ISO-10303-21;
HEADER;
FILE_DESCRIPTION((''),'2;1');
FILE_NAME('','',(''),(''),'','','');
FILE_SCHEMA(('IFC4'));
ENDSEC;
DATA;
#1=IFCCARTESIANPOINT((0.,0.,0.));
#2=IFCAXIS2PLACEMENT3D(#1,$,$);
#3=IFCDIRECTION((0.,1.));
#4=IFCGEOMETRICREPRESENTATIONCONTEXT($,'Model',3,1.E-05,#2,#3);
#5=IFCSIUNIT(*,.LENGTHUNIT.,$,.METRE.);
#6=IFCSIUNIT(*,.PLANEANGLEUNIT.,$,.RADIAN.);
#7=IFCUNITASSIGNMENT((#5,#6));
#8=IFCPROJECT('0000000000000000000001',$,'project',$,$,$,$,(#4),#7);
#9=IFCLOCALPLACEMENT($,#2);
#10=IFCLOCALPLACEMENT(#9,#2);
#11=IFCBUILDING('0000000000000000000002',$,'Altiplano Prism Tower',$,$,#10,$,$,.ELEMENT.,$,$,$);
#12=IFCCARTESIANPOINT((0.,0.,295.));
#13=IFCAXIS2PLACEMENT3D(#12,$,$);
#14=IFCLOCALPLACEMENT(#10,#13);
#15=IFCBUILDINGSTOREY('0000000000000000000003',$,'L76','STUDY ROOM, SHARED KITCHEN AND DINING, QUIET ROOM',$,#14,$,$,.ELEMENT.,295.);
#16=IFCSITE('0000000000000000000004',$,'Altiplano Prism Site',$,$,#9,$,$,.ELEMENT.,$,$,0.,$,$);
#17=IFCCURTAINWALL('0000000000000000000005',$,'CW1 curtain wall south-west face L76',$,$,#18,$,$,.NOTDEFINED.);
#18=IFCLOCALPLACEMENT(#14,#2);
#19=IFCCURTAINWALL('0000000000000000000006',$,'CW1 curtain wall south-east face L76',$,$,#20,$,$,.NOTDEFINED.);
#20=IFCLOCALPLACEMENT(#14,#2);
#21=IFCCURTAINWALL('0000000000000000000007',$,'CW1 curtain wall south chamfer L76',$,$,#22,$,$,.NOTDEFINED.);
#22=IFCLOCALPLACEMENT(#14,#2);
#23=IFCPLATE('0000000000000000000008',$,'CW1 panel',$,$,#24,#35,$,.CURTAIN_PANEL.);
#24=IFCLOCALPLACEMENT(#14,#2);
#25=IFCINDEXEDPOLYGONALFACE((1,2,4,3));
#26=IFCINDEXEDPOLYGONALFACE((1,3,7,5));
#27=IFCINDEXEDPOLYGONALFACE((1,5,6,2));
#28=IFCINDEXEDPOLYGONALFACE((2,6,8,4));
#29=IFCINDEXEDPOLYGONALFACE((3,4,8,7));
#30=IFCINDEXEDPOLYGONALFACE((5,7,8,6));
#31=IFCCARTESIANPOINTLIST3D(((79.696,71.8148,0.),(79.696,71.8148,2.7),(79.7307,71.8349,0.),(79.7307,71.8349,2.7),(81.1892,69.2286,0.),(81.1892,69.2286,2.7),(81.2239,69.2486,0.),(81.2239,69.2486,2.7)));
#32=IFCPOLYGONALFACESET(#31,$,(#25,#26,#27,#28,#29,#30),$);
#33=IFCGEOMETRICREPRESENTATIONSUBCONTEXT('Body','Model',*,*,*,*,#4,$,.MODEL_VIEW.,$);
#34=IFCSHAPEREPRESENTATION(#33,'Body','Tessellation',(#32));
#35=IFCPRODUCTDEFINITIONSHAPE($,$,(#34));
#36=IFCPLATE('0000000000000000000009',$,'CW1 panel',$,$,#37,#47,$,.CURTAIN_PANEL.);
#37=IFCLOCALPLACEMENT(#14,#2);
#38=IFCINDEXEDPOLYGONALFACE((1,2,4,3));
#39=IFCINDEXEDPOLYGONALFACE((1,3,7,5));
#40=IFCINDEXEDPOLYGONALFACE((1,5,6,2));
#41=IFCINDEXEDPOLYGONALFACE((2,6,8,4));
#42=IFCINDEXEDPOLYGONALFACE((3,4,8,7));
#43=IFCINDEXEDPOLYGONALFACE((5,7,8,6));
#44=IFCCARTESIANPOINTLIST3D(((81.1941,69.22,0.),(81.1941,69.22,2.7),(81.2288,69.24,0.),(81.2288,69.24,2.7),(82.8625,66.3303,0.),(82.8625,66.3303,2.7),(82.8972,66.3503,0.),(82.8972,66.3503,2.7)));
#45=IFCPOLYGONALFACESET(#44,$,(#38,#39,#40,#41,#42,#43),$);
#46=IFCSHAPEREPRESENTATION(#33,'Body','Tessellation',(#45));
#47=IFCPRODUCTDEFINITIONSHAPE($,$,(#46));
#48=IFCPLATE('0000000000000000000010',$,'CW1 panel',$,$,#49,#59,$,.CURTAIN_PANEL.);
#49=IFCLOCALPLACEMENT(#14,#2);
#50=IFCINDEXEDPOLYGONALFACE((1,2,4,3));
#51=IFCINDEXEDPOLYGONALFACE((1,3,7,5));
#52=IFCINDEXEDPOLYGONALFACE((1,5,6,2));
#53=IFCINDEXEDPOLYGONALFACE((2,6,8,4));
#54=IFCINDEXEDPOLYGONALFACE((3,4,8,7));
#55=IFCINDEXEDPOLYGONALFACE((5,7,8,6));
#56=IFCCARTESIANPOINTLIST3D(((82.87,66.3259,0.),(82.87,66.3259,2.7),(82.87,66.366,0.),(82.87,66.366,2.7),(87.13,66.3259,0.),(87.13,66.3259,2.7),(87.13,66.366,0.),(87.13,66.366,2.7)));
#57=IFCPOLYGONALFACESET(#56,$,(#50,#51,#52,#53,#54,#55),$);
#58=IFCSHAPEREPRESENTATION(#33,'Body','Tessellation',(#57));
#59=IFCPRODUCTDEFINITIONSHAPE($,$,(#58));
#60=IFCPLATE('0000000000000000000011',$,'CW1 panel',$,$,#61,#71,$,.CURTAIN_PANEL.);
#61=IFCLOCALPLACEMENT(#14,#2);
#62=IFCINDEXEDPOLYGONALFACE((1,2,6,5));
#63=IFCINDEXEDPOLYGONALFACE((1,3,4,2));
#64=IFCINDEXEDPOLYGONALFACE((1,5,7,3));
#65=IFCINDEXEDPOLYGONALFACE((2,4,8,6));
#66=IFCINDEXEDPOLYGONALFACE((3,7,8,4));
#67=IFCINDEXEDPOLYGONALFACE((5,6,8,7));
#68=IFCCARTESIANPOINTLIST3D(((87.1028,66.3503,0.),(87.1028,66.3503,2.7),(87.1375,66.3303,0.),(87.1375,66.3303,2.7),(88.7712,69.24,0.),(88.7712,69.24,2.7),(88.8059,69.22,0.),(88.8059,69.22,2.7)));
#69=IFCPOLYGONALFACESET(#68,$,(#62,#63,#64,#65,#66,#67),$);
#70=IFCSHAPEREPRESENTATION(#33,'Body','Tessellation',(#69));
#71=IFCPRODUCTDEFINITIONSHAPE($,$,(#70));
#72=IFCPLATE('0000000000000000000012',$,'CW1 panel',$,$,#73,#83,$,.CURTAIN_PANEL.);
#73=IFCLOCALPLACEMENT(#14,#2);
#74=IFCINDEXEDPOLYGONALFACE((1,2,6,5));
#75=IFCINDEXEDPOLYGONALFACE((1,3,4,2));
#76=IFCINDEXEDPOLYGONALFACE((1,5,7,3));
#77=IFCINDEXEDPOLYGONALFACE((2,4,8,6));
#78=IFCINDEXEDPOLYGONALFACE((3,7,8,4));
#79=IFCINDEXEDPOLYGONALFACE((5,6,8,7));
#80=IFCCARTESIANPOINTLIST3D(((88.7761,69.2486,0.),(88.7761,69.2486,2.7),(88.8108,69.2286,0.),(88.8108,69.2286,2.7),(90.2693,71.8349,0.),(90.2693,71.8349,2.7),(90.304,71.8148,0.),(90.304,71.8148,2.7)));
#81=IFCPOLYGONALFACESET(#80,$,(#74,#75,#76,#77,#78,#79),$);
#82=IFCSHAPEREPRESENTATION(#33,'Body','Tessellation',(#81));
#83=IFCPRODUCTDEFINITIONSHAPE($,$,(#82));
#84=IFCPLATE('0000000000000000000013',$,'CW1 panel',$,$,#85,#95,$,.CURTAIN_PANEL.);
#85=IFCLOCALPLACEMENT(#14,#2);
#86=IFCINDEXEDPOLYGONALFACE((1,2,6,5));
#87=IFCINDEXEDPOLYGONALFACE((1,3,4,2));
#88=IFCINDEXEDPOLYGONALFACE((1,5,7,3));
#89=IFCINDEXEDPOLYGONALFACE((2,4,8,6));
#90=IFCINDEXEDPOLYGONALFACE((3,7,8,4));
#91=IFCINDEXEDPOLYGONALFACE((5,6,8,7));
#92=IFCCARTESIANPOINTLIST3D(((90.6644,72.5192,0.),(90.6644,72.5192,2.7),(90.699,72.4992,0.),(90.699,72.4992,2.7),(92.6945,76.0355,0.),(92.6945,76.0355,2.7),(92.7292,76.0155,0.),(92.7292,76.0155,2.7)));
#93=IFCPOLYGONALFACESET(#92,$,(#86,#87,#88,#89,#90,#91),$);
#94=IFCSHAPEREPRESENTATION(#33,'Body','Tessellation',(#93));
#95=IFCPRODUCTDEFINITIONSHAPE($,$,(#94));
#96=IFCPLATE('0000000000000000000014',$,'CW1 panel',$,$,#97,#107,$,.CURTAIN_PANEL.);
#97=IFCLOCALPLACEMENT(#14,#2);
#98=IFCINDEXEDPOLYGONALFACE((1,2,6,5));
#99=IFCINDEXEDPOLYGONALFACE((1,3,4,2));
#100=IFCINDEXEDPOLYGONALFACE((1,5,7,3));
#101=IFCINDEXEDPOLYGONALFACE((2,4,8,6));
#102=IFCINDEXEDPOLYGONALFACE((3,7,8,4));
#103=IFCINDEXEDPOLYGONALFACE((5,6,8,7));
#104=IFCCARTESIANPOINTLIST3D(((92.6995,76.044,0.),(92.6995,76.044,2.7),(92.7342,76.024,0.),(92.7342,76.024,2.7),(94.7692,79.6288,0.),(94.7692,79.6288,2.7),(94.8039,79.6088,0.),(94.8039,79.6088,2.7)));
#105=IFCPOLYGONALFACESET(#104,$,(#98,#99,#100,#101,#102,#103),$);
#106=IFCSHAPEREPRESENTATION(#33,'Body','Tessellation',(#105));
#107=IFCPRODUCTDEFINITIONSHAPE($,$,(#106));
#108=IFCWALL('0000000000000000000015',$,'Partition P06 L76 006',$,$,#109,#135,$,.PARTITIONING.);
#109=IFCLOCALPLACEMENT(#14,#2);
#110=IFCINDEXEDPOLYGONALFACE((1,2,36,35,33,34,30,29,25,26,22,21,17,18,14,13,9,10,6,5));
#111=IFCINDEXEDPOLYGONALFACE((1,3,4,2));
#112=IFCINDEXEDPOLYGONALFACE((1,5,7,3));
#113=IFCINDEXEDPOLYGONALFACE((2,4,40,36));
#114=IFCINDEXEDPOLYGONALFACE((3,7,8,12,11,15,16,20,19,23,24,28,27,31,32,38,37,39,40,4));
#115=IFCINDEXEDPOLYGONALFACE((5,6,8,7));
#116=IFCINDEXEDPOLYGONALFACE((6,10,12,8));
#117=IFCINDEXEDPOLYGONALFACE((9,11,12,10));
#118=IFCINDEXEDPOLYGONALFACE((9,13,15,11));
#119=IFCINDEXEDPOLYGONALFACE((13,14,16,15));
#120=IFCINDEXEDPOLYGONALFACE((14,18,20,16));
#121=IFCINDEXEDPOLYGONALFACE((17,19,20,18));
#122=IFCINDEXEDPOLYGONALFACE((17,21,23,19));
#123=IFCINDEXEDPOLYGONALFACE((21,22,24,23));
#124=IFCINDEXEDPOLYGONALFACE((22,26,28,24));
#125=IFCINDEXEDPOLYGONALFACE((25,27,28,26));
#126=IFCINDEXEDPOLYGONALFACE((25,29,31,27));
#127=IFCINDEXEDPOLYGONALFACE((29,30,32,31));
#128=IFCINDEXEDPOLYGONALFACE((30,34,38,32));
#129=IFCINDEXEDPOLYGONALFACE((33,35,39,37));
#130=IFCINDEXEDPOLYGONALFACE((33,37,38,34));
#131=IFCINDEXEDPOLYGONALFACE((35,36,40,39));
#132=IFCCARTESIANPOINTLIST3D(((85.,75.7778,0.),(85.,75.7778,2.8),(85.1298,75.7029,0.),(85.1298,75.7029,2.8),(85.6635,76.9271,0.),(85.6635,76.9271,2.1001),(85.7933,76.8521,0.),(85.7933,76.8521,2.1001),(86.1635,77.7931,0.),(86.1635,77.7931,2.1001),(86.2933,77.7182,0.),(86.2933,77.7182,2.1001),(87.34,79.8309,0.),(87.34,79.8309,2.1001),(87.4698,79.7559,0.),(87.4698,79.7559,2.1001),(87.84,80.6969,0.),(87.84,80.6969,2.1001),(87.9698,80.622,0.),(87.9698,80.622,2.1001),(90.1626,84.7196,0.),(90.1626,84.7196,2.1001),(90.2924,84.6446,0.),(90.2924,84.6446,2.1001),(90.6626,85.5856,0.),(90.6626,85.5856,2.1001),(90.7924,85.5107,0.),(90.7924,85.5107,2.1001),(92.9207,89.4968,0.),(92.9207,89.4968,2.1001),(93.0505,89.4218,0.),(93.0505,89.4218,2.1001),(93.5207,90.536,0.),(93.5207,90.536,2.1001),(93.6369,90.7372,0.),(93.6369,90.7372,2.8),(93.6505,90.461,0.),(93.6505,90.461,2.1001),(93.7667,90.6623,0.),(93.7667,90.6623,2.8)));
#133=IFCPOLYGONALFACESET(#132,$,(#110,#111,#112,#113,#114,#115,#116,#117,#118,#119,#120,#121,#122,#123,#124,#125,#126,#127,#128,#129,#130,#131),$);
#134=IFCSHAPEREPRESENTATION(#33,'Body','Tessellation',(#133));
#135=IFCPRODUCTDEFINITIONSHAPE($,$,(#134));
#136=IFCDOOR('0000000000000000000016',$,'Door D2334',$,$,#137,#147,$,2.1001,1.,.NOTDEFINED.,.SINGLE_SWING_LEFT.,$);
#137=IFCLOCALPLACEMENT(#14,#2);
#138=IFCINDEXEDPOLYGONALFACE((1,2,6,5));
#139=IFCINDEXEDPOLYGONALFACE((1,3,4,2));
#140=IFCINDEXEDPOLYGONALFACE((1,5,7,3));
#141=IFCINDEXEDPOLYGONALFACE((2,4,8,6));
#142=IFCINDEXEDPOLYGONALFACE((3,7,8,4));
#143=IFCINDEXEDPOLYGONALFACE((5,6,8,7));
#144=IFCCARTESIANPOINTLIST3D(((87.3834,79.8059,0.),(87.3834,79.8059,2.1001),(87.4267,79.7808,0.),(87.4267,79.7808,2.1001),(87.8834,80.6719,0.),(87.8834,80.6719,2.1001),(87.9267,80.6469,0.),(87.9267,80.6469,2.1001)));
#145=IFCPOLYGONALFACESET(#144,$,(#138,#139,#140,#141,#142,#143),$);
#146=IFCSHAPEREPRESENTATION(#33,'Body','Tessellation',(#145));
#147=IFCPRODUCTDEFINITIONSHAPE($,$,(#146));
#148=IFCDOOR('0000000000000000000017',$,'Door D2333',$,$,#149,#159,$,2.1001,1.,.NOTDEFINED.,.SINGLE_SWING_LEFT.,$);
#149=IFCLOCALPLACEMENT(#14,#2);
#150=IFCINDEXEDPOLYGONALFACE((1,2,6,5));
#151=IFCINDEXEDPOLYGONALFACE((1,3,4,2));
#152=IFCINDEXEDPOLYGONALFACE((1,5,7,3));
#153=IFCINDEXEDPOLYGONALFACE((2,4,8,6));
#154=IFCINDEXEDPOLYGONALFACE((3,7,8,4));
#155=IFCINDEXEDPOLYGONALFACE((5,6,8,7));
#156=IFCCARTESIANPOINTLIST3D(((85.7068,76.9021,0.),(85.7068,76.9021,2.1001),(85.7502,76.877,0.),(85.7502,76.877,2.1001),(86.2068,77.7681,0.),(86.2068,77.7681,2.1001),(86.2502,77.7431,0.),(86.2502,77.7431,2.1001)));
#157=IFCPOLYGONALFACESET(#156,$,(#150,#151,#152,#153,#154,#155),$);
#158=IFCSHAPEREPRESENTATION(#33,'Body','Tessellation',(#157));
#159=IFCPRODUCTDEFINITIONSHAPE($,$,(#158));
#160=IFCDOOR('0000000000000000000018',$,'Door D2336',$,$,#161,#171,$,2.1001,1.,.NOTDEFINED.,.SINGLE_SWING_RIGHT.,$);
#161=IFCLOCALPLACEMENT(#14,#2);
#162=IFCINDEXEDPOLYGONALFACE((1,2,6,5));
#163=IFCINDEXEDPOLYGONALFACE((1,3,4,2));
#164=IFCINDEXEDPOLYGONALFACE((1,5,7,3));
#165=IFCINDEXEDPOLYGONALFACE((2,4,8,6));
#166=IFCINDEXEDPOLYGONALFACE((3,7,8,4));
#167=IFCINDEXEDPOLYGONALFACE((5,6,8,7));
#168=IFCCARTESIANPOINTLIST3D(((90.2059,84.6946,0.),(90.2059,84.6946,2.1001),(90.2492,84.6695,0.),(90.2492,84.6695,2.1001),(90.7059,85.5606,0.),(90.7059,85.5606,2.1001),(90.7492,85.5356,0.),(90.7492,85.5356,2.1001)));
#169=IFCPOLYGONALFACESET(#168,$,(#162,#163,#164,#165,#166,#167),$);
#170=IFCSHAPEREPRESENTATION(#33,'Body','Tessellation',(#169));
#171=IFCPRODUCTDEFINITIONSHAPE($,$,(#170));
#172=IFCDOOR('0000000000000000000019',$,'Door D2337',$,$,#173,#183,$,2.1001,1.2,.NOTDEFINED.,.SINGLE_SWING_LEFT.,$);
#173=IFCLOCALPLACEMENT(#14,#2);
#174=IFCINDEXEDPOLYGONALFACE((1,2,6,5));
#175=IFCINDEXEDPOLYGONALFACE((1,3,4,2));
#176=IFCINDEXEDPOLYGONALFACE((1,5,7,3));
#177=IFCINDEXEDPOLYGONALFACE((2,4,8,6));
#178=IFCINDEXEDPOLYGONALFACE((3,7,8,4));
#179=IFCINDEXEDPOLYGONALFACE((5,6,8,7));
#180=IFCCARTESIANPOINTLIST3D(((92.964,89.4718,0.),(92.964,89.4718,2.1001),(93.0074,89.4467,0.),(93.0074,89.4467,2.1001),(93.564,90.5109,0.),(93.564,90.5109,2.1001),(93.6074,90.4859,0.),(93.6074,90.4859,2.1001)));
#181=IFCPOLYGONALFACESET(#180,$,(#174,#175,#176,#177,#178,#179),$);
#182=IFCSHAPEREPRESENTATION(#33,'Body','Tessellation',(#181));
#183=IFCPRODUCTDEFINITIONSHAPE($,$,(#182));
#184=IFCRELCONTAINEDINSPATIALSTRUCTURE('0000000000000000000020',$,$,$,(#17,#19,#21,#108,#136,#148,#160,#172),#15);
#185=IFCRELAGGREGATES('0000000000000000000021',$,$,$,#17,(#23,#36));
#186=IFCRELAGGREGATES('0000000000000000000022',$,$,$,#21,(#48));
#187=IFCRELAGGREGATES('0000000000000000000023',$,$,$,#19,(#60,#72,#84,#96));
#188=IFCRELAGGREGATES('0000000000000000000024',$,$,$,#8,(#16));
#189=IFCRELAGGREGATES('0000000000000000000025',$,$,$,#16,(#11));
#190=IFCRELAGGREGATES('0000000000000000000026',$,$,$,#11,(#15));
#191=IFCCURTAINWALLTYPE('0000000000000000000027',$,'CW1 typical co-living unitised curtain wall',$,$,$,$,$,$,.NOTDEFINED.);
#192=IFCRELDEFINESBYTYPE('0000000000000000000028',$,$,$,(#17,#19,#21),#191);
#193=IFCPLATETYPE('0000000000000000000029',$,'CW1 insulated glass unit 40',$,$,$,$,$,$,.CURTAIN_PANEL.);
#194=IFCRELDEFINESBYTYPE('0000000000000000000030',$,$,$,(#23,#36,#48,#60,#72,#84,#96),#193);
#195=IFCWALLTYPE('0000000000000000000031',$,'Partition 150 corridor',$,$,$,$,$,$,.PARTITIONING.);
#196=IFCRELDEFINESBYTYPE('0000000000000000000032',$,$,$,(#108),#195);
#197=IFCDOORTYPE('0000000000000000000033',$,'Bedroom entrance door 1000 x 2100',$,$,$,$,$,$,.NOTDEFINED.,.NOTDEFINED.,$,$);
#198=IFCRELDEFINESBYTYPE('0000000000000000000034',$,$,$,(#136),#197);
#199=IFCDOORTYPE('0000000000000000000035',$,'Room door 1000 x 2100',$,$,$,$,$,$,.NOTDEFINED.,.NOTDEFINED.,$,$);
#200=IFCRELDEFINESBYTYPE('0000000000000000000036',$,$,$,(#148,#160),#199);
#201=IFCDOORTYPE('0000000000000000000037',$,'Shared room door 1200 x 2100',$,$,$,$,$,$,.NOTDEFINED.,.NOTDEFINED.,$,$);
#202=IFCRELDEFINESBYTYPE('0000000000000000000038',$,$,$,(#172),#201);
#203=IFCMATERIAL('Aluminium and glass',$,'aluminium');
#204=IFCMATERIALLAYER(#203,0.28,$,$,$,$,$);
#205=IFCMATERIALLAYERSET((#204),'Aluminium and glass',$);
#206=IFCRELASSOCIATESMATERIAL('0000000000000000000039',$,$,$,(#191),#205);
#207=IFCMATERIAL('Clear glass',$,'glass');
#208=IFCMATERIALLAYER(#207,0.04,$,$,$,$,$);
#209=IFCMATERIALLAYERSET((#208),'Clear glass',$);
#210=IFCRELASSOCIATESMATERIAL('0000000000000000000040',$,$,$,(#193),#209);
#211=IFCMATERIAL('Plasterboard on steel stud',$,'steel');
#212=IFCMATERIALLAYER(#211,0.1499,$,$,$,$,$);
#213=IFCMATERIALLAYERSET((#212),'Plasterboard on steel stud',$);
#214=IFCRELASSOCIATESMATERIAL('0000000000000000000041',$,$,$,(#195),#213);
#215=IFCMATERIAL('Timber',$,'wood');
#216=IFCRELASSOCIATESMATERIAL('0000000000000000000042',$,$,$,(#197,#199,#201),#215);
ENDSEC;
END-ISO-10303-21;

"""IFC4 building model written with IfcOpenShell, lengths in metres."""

from ifc_helpers import new_model, si_unit, direction, frame, frame_2d, origin, origin_2d, place, context, subcontext, project, spatial, rectangle, extrude, material, layer, layer_set, type_object, element, fill, aggregate, save


model = new_model("IFC4")

# Units and contexts
model_context = context("Model", 3, precision=1e-05, world=origin(), true_north=direction((0.0, 1.0)))
body_context = subcontext(model_context, "Body", "Model", "MODEL_VIEW")
ifc_project = project(units=[si_unit("LENGTHUNIT", "METRE"), si_unit("PLANEANGLEUNIT", "RADIAN")], contexts=[model_context])

# Site, building, storey
site_placement = place(None, origin())
site = spatial("IfcSite", under=ifc_project, at=site_placement, Name="Altiplano Prism Site", CompositionType="ELEMENT", RefElevation=0.0)
building_placement = place(site_placement, origin())
building = spatial("IfcBuilding", under=site, at=building_placement, Name="Altiplano Prism Tower", CompositionType="ELEMENT")
storey_placement = place(building_placement, frame((0.0, 0.0, 295.0)))
storey = spatial("IfcBuildingStorey", under=building, at=storey_placement, Name="L76", Description="STUDY ROOM, SHARED KITCHEN AND DINING, QUIET ROOM", CompositionType="ELEMENT", Elevation=295.0)

# Curtain wall
ifc_material_1 = material(Name="Aluminium and glass", Category="aluminium")
ifc_layer_1 = layer(ifc_material_1, 0.28)
ifc_layer_set_1 = layer_set([ifc_layer_1], Name="Aluminium and glass")
curtain_wall_type = type_object("IfcCurtainWallType", Name="CW1 typical co-living unitised curtain wall", PredefinedType="NOTDEFINED", material=ifc_layer_set_1)
curtain_wall_1_placement = place(storey_placement, origin())
curtain_wall_1 = element("IfcCurtainWall", 1, at=curtain_wall_1_placement, inside=storey, type_object=curtain_wall_type, Name="CW1 curtain wall south-west face L76", PredefinedType="NOTDEFINED")

# Curtain wall
curtain_wall_2_placement = place(storey_placement, origin())
curtain_wall_2 = element("IfcCurtainWall", 2, at=curtain_wall_2_placement, inside=storey, type_object=curtain_wall_type, Name="CW1 curtain wall south-east face L76", PredefinedType="NOTDEFINED")

# Curtain wall
curtain_wall_3_placement = place(storey_placement, origin())
curtain_wall_3 = element("IfcCurtainWall", 3, at=curtain_wall_3_placement, inside=storey, type_object=curtain_wall_type, Name="CW1 curtain wall south chamfer L76", PredefinedType="NOTDEFINED")

# Plates
ifc_material_2 = material(Name="Clear glass", Category="glass")
ifc_layer_2 = layer(ifc_material_2, 0.04)
ifc_layer_set_2 = layer_set([ifc_layer_2], Name="Clear glass")
plate_type = type_object("IfcPlateType", Name="CW1 insulated glass unit 40", PredefinedType="CURTAIN_PANEL", material=ifc_layer_set_2)
plate_1_placement = place(storey_placement, frame((80.46, 70.5317, 0.0), z_axis=(0.0, 0.0, 1.0), x_axis=(0.5, -0.866025, 0.0)))
plate_1 = element("IfcPlate", 4, at=plate_1_placement, type_object=plate_type, Name="CW1 panel", PredefinedType="CURTAIN_PANEL", context=body_context, shape_type="SweptSolid", body=[
    extrude(rectangle(XDim=2.9863, YDim=0.04, at=origin_2d()), origin(), (0.0, 0.0, 1.0), 2.7),
])
plate_2_placement = place(storey_placement, frame((82.0457, 67.7852, 0.0), z_axis=(0.0, 0.0, 1.0), x_axis=(0.5, -0.866025, 0.0)))
plate_2 = element("IfcPlate", 5, at=plate_2_placement, type_object=plate_type, Name="CW1 panel", PredefinedType="CURTAIN_PANEL", context=body_context, shape_type="SweptSolid", body=[
    extrude(rectangle(XDim=3.3367, YDim=0.04, at=origin_2d()), origin(), (0.0, 0.0, 1.0), 2.7),
])
aggregate(curtain_wall_1, [plate_1, plate_2])
plate_3_placement = place(storey_placement, frame((85.0, 66.3459, 0.0), z_axis=(0.0, 0.0, 1.0), x_axis=(1.0, 0.0, 0.0)))
plate_3 = element("IfcPlate", 6, at=plate_3_placement, type_object=plate_type, Name="CW1 panel", PredefinedType="CURTAIN_PANEL", context=body_context, shape_type="SweptSolid", body=[
    extrude(rectangle(XDim=4.26, YDim=0.04, at=origin_2d()), origin(), (0.0, 0.0, 1.0), 2.7),
])
aggregate(curtain_wall_3, [plate_3])
plate_4_placement = place(storey_placement, frame((87.9543, 67.7852, 0.0), z_axis=(0.0, 0.0, 1.0), x_axis=(0.5, 0.866025, 0.0)))
plate_4 = element("IfcPlate", 7, at=plate_4_placement, type_object=plate_type, Name="CW1 panel", PredefinedType="CURTAIN_PANEL", context=body_context, shape_type="SweptSolid", body=[
    extrude(rectangle(XDim=3.3367, YDim=0.04, at=origin_2d()), origin(), (0.0, 0.0, 1.0), 2.7),
])
plate_5_placement = place(storey_placement, frame((89.54, 70.5317, 0.0), z_axis=(0.0, 0.0, 1.0), x_axis=(0.5, 0.866025, 0.0)))
plate_5 = element("IfcPlate", 8, at=plate_5_placement, type_object=plate_type, Name="CW1 panel", PredefinedType="CURTAIN_PANEL", context=body_context, shape_type="SweptSolid", body=[
    extrude(rectangle(XDim=2.9863, YDim=0.04, at=origin_2d()), origin(), (0.0, 0.0, 1.0), 2.7),
])
plate_6_placement = place(storey_placement, frame((91.6968, 74.2673, 0.0), z_axis=(0.0, 0.0, 1.0), x_axis=(0.5, 0.866025, 0.0)))
plate_6 = element("IfcPlate", 9, at=plate_6_placement, type_object=plate_type, Name="CW1 panel", PredefinedType="CURTAIN_PANEL", context=body_context, shape_type="SweptSolid", body=[
    extrude(rectangle(XDim=4.0603, YDim=0.04, at=origin_2d()), origin(), (0.0, 0.0, 1.0), 2.7),
])
plate_7_placement = place(storey_placement, frame((93.7517, 77.8264, 0.0), z_axis=(0.0, 0.0, 1.0), x_axis=(0.5, 0.866025, 0.0)))
plate_7 = element("IfcPlate", 10, at=plate_7_placement, type_object=plate_type, Name="CW1 panel", PredefinedType="CURTAIN_PANEL", context=body_context, shape_type="SweptSolid", body=[
    extrude(rectangle(XDim=4.1394, YDim=0.04, at=origin_2d()), origin(), (0.0, 0.0, 1.0), 2.7),
])
aggregate(curtain_wall_2, [plate_4, plate_5, plate_6, plate_7])

# Wall, openings, doors
ifc_material_3 = material(Name="Plasterboard on steel stud", Category="steel")
ifc_layer_3 = layer(ifc_material_3, 0.1499)
ifc_layer_set_3 = layer_set([ifc_layer_3], Name="Plasterboard on steel stud")
wall_type_1 = type_object("IfcWallType", Name="Partition 150 corridor", PredefinedType="PARTITIONING", material=ifc_layer_set_3)
wall_1_placement = place(storey_placement, frame((85.0649, 75.7405, 0.0), z_axis=(0.0, 0.0, 1.0), x_axis=(0.500005, 0.866023, 0.0)))
wall_1 = element("IfcWall", 11, at=wall_1_placement, inside=storey, type_object=wall_type_1, Name="Partition P06 L76 006", PredefinedType="PARTITIONING", context=body_context, shape_type="SweptSolid", body=[
    extrude(rectangle(XDim=17.2737, YDim=0.1499, at=frame_2d((8.6367, 0.0))), origin(), (0.0, 0.0, 1.0), 2.8),
])
opening_1_placement = place(wall_1_placement, frame((1.3269, 0.0, 0.0)))
opening_1 = element("IfcOpeningElement", 12, at=opening_1_placement, cuts=wall_1, PredefinedType="OPENING", context=body_context, shape_type="SweptSolid", body=[
    extrude(rectangle(XDim=1.0, YDim=2.1001, at=frame_2d((0.5, 1.05))), frame((0.0, 0.0854, 0.0), z_axis=(0.0, -1.0, 0.0), x_axis=(1.0, 0.0, 0.0)), (0.0, 0.0, 1.0), 0.1709),
])
opening_2_placement = place(wall_1_placement, frame((4.6799, 0.0, 0.0)))
opening_2 = element("IfcOpeningElement", 13, at=opening_2_placement, cuts=wall_1, PredefinedType="OPENING", context=body_context, shape_type="SweptSolid", body=[
    extrude(rectangle(XDim=1.0, YDim=2.1001, at=frame_2d((0.5, 1.05))), frame((0.0, 0.0854, 0.0), z_axis=(0.0, -1.0, 0.0), x_axis=(1.0, 0.0, 0.0)), (0.0, 0.0, 1.0), 0.1709),
])
opening_3_placement = place(wall_1_placement, frame((10.325, 0.0, 0.0)))
opening_3 = element("IfcOpeningElement", 14, at=opening_3_placement, cuts=wall_1, PredefinedType="OPENING", context=body_context, shape_type="SweptSolid", body=[
    extrude(rectangle(XDim=1.0, YDim=2.1001, at=frame_2d((0.5, 1.05))), frame((0.0, 0.0854, 0.0), z_axis=(0.0, -1.0, 0.0), x_axis=(1.0, 0.0, 0.0)), (0.0, 0.0, 1.0), 0.1709),
])
opening_4_placement = place(wall_1_placement, frame((15.8411, 0.0, 0.0)))
opening_4 = element("IfcOpeningElement", 15, at=opening_4_placement, cuts=wall_1, PredefinedType="OPENING", context=body_context, shape_type="SweptSolid", body=[
    extrude(rectangle(XDim=1.2, YDim=2.1001, at=frame_2d((0.6001, 1.05))), frame((0.0, 0.0854, 0.0), z_axis=(0.0, -1.0, 0.0), x_axis=(1.0, 0.0, 0.0)), (0.0, 0.0, 1.0), 0.1709),
])
ifc_material_4 = material(Name="Timber", Category="wood")
door_type_1 = type_object("IfcDoorType", Name="Bedroom entrance door 1000 x 2100", OperationType="NOTDEFINED", PredefinedType="NOTDEFINED", material=ifc_material_4)
door_1_placement = place(opening_2_placement, origin())
door_1 = element("IfcDoor", 16, at=door_1_placement, inside=storey, type_object=door_type_1, Name="Door D2334", OperationType="SINGLE_SWING_LEFT", OverallHeight=2.1001, OverallWidth=1.0, PredefinedType="NOTDEFINED", context=body_context, shape_type="SweptSolid", body=[
    extrude(rectangle(XDim=1.0, YDim=2.1001, at=frame_2d((0.5, 1.05))), frame((0.0, 0.0249, 0.0), z_axis=(0.0, -1.0, 0.0), x_axis=(1.0, 0.0, 0.0)), (0.0, 0.0, 1.0), 0.05),
])
fill(opening_2, door_1)
door_type_2 = type_object("IfcDoorType", Name="Room door 1000 x 2100", OperationType="NOTDEFINED", PredefinedType="NOTDEFINED", material=ifc_material_4)
door_2_placement = place(opening_1_placement, origin())
door_2 = element("IfcDoor", 17, at=door_2_placement, inside=storey, type_object=door_type_2, Name="Door D2333", OperationType="SINGLE_SWING_LEFT", OverallHeight=2.1001, OverallWidth=1.0, PredefinedType="NOTDEFINED", context=body_context, shape_type="SweptSolid", body=[
    extrude(rectangle(XDim=1.0, YDim=2.1001, at=frame_2d((0.5, 1.05))), frame((0.0, 0.0249, 0.0), z_axis=(0.0, -1.0, 0.0), x_axis=(1.0, 0.0, 0.0)), (0.0, 0.0, 1.0), 0.05),
])
fill(opening_1, door_2)
door_3_placement = place(opening_3_placement, origin())
door_3 = element("IfcDoor", 18, at=door_3_placement, inside=storey, type_object=door_type_2, Name="Door D2336", OperationType="SINGLE_SWING_RIGHT", OverallHeight=2.1001, OverallWidth=1.0, PredefinedType="NOTDEFINED", context=body_context, shape_type="SweptSolid", body=[
    extrude(rectangle(XDim=1.0, YDim=2.1001, at=frame_2d((0.5, 1.05))), frame((0.0, 0.0249, 0.0), z_axis=(0.0, -1.0, 0.0), x_axis=(1.0, 0.0, 0.0)), (0.0, 0.0, 1.0), 0.05),
])
fill(opening_3, door_3)
door_type_3 = type_object("IfcDoorType", Name="Shared room door 1200 x 2100", OperationType="NOTDEFINED", PredefinedType="NOTDEFINED", material=ifc_material_4)
door_4_placement = place(opening_4_placement, origin())
door_4 = element("IfcDoor", 19, at=door_4_placement, inside=storey, type_object=door_type_3, Name="Door D2337", OperationType="SINGLE_SWING_LEFT", OverallHeight=2.1001, OverallWidth=1.2, PredefinedType="NOTDEFINED", context=body_context, shape_type="SweptSolid", body=[
    extrude(rectangle(XDim=1.2, YDim=2.1001, at=frame_2d((0.6001, 1.05))), frame((0.0, 0.0249, 0.0), z_axis=(0.0, -1.0, 0.0), x_axis=(1.0, 0.0, 0.0)), (0.0, 0.0, 1.0), 0.05),
])
fill(opening_4, door_4)

save(model, "model.ifc")
